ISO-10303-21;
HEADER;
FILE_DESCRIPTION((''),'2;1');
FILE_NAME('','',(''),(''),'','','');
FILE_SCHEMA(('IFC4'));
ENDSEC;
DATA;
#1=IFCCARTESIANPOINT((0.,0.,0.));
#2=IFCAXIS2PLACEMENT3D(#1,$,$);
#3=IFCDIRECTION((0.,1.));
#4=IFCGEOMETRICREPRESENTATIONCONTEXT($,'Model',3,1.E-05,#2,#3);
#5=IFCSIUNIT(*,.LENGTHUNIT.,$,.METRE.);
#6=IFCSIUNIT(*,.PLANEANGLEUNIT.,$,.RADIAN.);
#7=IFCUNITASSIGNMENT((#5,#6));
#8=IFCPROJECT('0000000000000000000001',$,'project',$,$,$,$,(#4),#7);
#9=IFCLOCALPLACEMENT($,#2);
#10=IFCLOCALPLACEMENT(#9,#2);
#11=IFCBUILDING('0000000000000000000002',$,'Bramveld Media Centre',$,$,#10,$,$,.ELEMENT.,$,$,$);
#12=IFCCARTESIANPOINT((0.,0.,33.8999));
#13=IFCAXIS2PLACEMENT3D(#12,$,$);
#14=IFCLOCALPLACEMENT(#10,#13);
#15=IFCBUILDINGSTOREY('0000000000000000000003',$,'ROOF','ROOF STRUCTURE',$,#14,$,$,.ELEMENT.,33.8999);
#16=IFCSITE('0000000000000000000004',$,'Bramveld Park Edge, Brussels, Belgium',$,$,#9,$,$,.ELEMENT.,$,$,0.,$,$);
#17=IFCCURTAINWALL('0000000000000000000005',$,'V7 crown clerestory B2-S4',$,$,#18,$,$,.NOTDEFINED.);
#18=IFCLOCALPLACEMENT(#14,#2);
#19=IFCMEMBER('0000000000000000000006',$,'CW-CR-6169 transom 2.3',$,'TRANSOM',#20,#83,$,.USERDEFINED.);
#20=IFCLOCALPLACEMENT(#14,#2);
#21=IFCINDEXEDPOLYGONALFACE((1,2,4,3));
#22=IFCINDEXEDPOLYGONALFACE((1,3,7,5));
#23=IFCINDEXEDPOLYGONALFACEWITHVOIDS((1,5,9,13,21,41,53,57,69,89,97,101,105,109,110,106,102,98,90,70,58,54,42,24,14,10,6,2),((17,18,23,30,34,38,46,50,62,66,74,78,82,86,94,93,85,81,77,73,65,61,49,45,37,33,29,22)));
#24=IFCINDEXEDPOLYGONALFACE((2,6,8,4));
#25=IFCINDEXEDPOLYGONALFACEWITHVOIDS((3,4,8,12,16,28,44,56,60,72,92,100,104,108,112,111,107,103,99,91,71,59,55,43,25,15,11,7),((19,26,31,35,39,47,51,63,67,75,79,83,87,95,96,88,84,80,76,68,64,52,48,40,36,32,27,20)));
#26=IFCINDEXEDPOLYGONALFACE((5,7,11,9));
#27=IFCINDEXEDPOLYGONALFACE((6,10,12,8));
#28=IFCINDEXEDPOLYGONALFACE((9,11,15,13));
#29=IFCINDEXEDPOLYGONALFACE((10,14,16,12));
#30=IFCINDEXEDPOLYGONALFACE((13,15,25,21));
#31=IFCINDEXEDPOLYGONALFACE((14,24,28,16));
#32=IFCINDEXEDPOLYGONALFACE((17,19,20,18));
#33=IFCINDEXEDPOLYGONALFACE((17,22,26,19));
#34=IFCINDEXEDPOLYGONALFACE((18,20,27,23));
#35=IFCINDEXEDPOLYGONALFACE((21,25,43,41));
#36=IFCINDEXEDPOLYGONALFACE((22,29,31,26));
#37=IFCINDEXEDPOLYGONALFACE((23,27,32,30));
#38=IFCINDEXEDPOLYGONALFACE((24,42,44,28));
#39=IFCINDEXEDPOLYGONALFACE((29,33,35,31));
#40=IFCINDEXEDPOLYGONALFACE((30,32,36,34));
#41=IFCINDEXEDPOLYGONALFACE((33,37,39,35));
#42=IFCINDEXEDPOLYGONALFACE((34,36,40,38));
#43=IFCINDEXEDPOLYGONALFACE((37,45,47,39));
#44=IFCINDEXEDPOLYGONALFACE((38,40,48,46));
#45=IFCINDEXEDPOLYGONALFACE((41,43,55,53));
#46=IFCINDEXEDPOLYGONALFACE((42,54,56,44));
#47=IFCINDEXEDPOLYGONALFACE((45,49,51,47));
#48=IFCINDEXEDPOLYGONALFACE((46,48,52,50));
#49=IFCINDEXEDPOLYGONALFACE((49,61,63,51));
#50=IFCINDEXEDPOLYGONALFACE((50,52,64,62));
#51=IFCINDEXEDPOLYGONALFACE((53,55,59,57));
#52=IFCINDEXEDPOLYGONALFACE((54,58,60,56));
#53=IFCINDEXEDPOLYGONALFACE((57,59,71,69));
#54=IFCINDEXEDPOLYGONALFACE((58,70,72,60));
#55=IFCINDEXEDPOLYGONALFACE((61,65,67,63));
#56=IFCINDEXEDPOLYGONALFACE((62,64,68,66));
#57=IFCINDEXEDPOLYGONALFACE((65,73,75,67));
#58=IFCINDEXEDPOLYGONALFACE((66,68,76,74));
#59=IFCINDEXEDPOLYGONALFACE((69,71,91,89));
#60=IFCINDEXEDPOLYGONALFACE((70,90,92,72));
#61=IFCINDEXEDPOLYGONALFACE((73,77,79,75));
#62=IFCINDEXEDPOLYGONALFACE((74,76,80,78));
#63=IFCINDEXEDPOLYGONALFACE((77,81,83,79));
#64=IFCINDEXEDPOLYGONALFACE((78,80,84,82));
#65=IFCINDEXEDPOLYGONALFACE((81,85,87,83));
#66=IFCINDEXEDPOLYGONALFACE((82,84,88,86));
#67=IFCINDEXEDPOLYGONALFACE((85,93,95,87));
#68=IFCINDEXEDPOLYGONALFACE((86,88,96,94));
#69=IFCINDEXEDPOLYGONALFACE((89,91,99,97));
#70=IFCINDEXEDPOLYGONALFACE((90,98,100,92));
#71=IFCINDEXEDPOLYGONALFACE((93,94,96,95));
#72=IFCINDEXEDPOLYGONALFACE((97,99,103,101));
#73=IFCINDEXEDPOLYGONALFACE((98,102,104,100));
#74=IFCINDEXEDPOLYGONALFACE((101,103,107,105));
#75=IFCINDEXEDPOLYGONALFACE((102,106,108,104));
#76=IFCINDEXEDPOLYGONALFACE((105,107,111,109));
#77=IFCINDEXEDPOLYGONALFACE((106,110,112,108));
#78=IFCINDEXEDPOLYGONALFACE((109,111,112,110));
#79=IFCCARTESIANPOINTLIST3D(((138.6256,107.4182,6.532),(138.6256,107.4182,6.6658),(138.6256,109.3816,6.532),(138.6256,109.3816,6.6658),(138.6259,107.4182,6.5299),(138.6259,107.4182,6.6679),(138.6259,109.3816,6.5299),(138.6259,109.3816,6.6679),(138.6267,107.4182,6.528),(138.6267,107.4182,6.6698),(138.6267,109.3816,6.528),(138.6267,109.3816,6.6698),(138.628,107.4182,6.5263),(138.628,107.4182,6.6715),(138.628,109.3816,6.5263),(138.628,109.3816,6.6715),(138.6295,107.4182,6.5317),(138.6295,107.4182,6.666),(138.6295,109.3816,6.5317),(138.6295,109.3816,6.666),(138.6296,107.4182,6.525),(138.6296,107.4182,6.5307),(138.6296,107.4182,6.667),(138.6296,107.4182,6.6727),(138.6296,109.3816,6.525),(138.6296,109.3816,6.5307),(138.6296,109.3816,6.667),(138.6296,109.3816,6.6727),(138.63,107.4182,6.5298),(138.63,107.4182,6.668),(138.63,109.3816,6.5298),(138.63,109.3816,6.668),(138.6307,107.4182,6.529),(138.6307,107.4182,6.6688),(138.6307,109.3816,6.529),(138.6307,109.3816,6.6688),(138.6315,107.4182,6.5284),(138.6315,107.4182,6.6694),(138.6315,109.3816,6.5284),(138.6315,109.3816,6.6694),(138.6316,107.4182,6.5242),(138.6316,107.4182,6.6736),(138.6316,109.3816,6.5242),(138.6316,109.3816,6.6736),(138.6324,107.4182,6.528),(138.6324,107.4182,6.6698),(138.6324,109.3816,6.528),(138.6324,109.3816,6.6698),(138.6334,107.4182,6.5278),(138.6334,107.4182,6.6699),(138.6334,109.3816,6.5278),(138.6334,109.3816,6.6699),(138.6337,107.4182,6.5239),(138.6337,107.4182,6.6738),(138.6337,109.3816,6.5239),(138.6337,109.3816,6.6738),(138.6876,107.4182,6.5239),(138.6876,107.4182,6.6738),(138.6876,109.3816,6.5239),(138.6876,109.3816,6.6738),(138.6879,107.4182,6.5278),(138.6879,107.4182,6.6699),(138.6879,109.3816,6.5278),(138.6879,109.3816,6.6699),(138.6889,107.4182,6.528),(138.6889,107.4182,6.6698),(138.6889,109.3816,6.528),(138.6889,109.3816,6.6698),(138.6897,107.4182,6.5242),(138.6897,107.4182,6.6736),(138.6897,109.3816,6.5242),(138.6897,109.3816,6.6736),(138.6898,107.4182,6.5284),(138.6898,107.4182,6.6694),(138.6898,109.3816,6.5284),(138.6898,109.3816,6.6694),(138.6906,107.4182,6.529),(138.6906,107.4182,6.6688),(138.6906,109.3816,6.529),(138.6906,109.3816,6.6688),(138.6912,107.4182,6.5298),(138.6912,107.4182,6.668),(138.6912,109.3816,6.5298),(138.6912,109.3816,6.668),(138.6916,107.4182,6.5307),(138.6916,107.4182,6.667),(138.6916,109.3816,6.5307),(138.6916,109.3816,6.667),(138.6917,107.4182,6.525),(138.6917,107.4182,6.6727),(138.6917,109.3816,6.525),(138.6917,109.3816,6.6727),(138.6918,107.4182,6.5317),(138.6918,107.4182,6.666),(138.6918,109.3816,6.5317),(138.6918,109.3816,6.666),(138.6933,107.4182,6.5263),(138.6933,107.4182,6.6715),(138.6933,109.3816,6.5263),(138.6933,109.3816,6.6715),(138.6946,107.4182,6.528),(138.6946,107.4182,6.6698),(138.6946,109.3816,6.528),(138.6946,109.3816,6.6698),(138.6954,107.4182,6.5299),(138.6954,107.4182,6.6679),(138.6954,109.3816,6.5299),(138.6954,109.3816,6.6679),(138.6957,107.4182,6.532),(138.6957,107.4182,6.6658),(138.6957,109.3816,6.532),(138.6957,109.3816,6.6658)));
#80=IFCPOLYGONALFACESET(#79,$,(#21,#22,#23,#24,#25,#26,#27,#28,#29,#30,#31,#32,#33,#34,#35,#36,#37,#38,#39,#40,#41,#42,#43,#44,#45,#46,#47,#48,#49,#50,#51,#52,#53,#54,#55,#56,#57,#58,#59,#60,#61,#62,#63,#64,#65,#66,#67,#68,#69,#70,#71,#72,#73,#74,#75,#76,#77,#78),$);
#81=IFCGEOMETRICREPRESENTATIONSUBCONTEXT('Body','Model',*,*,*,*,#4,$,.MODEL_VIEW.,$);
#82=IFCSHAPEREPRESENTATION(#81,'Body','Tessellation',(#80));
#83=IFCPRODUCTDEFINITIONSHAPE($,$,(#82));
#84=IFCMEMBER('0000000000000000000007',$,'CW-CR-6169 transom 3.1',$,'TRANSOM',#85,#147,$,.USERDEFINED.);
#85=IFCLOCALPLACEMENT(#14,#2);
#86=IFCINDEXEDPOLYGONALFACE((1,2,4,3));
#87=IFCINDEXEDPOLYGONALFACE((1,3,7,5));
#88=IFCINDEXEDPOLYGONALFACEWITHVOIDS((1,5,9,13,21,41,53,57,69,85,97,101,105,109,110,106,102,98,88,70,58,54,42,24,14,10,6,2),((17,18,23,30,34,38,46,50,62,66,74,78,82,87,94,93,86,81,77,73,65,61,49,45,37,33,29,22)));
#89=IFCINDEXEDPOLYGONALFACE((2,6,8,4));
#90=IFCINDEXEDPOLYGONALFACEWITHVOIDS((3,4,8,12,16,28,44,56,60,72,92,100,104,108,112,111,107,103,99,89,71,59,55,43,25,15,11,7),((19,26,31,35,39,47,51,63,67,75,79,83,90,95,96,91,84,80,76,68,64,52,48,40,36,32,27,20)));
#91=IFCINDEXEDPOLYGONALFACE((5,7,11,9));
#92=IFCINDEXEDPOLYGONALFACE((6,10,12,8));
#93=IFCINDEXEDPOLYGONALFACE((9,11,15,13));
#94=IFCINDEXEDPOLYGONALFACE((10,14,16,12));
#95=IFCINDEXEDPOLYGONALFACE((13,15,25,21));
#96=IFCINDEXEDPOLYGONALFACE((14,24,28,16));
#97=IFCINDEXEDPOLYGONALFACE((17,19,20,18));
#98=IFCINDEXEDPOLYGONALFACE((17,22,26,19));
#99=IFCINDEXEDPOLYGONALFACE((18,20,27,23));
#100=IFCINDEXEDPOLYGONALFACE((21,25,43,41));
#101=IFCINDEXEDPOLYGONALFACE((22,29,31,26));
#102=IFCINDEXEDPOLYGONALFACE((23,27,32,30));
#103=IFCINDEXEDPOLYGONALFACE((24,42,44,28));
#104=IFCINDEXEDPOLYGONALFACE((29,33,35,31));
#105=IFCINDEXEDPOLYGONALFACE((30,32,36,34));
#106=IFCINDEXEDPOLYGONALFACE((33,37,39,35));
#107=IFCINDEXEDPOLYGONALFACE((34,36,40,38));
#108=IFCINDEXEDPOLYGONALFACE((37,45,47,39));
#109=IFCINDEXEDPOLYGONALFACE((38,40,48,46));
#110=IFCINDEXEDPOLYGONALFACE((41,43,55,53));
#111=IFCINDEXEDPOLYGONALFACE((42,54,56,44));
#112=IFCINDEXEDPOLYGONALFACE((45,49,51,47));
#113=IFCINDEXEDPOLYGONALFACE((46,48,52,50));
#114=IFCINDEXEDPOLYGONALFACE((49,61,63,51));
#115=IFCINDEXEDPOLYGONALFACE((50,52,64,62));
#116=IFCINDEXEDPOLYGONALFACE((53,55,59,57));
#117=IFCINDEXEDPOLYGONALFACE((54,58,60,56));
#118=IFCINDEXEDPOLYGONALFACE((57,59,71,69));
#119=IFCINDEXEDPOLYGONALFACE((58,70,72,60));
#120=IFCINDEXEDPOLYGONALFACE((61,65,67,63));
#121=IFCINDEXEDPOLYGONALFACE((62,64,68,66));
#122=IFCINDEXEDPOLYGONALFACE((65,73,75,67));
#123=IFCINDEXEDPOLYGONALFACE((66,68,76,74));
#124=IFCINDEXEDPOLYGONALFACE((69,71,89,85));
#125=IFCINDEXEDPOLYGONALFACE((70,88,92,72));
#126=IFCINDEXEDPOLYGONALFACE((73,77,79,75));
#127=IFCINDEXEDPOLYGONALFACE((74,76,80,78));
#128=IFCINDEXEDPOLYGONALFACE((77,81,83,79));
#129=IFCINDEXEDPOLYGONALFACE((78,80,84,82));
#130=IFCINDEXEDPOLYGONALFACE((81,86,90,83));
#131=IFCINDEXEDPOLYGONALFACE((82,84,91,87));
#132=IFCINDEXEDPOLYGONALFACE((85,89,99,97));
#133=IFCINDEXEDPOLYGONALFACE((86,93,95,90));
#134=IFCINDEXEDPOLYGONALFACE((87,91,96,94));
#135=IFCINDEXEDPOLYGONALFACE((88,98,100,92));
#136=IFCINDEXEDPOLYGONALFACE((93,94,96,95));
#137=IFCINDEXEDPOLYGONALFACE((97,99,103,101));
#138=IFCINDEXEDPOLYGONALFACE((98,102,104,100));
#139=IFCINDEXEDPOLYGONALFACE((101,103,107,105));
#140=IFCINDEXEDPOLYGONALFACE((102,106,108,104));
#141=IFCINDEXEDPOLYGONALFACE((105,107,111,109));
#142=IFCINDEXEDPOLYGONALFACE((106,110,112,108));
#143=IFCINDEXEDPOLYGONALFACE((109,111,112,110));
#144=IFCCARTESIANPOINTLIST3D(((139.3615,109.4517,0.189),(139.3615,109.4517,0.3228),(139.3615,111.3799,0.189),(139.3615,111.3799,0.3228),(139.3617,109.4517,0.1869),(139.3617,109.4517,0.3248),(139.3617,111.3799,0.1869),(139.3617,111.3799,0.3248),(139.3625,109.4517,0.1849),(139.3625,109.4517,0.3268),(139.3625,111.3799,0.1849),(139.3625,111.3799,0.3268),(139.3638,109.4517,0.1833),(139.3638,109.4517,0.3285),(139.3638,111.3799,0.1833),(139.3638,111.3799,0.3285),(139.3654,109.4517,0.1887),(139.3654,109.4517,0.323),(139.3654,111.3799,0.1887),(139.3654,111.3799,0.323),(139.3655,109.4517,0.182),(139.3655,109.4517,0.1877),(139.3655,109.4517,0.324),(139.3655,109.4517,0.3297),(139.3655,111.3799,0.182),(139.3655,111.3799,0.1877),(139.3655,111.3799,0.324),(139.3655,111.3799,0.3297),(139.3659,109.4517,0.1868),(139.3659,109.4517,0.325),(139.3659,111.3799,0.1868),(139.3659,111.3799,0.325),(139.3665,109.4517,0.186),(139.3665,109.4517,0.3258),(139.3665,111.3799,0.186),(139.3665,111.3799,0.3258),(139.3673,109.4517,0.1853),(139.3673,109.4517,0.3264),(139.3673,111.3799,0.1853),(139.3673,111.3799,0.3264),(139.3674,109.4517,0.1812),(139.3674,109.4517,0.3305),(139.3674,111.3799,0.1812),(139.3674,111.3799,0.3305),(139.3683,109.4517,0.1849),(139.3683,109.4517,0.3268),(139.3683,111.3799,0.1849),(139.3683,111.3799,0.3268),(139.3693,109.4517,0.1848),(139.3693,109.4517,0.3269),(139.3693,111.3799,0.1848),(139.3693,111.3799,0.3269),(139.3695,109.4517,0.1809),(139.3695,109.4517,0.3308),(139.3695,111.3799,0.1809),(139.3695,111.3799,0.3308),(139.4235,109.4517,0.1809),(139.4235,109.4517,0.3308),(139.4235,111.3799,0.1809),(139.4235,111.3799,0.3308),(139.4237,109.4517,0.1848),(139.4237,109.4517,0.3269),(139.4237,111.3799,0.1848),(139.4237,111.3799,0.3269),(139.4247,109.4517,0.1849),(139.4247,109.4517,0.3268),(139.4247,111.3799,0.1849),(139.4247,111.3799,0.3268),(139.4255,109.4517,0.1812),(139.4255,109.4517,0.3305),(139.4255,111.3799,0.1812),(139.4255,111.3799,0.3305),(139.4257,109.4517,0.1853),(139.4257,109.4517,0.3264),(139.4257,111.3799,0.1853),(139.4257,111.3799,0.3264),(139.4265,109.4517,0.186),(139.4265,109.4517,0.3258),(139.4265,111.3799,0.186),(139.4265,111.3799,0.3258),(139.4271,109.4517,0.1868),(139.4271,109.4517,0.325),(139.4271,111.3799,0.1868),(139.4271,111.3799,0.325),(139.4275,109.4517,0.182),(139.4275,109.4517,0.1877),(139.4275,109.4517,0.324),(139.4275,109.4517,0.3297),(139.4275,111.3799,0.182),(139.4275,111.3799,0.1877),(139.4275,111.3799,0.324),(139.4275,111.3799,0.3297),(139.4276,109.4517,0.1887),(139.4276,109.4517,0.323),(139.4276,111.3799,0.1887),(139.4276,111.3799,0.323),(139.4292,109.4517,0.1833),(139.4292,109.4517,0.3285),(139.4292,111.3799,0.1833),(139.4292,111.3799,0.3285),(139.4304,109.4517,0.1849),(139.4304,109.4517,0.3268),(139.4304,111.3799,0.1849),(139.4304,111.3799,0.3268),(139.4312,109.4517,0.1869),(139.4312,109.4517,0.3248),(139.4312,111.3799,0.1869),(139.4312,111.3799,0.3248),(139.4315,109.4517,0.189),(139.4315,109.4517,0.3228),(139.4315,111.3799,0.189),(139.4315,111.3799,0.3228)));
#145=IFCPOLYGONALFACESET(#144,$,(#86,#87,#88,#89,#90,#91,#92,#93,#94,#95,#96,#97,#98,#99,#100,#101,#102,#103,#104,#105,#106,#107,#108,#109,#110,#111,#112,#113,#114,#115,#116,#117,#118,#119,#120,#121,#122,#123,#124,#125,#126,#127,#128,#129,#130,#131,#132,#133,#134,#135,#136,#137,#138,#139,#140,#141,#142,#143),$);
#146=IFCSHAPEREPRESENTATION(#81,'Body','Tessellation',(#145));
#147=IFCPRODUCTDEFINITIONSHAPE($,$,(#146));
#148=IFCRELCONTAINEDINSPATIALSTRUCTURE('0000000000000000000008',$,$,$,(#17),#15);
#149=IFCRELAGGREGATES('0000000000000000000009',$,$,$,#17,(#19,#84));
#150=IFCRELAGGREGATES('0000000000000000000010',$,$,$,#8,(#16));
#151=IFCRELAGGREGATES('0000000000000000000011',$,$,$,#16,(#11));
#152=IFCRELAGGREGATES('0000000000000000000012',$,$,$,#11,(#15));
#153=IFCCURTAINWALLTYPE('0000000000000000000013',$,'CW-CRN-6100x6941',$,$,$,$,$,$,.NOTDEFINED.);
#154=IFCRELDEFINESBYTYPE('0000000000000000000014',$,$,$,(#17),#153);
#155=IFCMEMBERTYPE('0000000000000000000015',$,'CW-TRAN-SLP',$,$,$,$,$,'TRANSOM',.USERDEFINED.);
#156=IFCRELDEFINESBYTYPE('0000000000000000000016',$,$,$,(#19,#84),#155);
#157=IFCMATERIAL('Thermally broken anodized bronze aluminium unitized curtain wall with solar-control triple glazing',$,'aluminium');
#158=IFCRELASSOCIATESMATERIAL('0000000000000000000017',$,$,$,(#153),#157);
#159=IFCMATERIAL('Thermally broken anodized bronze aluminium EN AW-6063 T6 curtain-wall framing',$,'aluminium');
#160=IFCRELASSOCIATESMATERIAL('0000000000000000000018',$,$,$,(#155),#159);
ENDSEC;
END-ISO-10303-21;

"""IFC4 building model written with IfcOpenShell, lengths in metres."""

from ifc_helpers import new_model, si_unit, direction, frame, origin, origin_2d, place, context, subcontext, project, spatial, hollow_rectangle, extrude, material, material_profile, profile_set, type_object, element, aggregate, save


model = new_model("IFC4")

# Units and contexts
model_context = context("Model", 3, precision=1e-05, world=origin(), true_north=direction((0.0, 1.0)))
body_context = subcontext(model_context, "Body", "Model", "MODEL_VIEW")
ifc_project = project(units=[si_unit("LENGTHUNIT", "METRE"), si_unit("PLANEANGLEUNIT", "RADIAN")], contexts=[model_context])

# Site, building, storey
site_placement = place(None, origin())
site = spatial("IfcSite", under=ifc_project, at=site_placement, Name="Bramveld Park Edge, Brussels, Belgium", CompositionType="ELEMENT", RefElevation=0.0)
building_placement = place(site_placement, origin())
building = spatial("IfcBuilding", under=site, at=building_placement, Name="Bramveld Media Centre", CompositionType="ELEMENT")
storey_placement = place(building_placement, frame((0.0, 0.0, 33.8999)))
storey = spatial("IfcBuildingStorey", under=building, at=storey_placement, Name="ROOF", Description="ROOF STRUCTURE", CompositionType="ELEMENT", Elevation=33.8999)

# Shared definitions
ifc_material_1 = material(Name="Thermally broken anodized bronze aluminium unitized curtain wall with solar-control triple glazing", Category="aluminium")
curtain_wall_type = type_object("IfcCurtainWallType", Name="CW-CRN-6100x6941", PredefinedType="NOTDEFINED", material=ifc_material_1)

# Curtain wall, members
curtain_wall_1_placement = place(storey_placement, origin())
curtain_wall_1 = element("IfcCurtainWall", 1, at=curtain_wall_1_placement, inside=storey, type_object=curtain_wall_type, Name="V7 crown clerestory B2-S4", PredefinedType="NOTDEFINED")
ifc_material_2 = material(Name="Thermally broken anodized bronze aluminium EN AW-6063 T6 curtain-wall framing", Category="aluminium")
ifc_material_profile_1 = material_profile(ifc_material_2, hollow_rectangle(XDim=0.0701, YDim=0.1499, WallThickness=0.0039, InnerFilletRadius=0.0039, OuterFilletRadius=0.0081, at=origin_2d()), Name="AL-TRAN 70x150")
ifc_profile_set_1 = profile_set([ifc_material_profile_1], Name="Thermally broken anodized bronze aluminium EN AW-6063 T6 curtain-wall framing")
member_type_1 = type_object("IfcMemberType", Name="CW-TRAN-SLP", ElementType="TRANSOM", PredefinedType="USERDEFINED", material=ifc_profile_set_1)
member_1_placement = place(storey_placement, frame((138.6606, 107.4182, 6.5989), z_axis=(0.0, 1.0, 0.0), x_axis=(-1.0, 0.0, 0.0)))
member_1 = element("IfcMember", 2, at=member_1_placement, type_object=member_type_1, Name="CW-CR-6169 transom 2.3", ObjectType="TRANSOM", PredefinedType="USERDEFINED", context=body_context, shape_type="SweptSolid", body=[
    extrude(hollow_rectangle(XDim=0.0701, YDim=0.1499, WallThickness=0.0039, InnerFilletRadius=0.0039, OuterFilletRadius=0.0081, at=origin_2d()), origin(), (0.0, 0.0, 1.0), 1.9634),
])
member_2_placement = place(storey_placement, frame((139.3965, 109.4517, 0.2559), z_axis=(0.0, 1.0, 0.0), x_axis=(-1.0, 0.0, 0.0)))
member_2 = element("IfcMember", 3, at=member_2_placement, type_object=member_type_1, Name="CW-CR-6169 transom 3.1", ObjectType="TRANSOM", PredefinedType="USERDEFINED", context=body_context, shape_type="SweptSolid", body=[
    extrude(hollow_rectangle(XDim=0.0701, YDim=0.1499, WallThickness=0.0039, InnerFilletRadius=0.0039, OuterFilletRadius=0.0081, at=origin_2d()), origin(), (0.0, 0.0, 1.0), 1.9282),
])

aggregate(curtain_wall_1, [member_1, member_2])

save(model, "model.ifc")
